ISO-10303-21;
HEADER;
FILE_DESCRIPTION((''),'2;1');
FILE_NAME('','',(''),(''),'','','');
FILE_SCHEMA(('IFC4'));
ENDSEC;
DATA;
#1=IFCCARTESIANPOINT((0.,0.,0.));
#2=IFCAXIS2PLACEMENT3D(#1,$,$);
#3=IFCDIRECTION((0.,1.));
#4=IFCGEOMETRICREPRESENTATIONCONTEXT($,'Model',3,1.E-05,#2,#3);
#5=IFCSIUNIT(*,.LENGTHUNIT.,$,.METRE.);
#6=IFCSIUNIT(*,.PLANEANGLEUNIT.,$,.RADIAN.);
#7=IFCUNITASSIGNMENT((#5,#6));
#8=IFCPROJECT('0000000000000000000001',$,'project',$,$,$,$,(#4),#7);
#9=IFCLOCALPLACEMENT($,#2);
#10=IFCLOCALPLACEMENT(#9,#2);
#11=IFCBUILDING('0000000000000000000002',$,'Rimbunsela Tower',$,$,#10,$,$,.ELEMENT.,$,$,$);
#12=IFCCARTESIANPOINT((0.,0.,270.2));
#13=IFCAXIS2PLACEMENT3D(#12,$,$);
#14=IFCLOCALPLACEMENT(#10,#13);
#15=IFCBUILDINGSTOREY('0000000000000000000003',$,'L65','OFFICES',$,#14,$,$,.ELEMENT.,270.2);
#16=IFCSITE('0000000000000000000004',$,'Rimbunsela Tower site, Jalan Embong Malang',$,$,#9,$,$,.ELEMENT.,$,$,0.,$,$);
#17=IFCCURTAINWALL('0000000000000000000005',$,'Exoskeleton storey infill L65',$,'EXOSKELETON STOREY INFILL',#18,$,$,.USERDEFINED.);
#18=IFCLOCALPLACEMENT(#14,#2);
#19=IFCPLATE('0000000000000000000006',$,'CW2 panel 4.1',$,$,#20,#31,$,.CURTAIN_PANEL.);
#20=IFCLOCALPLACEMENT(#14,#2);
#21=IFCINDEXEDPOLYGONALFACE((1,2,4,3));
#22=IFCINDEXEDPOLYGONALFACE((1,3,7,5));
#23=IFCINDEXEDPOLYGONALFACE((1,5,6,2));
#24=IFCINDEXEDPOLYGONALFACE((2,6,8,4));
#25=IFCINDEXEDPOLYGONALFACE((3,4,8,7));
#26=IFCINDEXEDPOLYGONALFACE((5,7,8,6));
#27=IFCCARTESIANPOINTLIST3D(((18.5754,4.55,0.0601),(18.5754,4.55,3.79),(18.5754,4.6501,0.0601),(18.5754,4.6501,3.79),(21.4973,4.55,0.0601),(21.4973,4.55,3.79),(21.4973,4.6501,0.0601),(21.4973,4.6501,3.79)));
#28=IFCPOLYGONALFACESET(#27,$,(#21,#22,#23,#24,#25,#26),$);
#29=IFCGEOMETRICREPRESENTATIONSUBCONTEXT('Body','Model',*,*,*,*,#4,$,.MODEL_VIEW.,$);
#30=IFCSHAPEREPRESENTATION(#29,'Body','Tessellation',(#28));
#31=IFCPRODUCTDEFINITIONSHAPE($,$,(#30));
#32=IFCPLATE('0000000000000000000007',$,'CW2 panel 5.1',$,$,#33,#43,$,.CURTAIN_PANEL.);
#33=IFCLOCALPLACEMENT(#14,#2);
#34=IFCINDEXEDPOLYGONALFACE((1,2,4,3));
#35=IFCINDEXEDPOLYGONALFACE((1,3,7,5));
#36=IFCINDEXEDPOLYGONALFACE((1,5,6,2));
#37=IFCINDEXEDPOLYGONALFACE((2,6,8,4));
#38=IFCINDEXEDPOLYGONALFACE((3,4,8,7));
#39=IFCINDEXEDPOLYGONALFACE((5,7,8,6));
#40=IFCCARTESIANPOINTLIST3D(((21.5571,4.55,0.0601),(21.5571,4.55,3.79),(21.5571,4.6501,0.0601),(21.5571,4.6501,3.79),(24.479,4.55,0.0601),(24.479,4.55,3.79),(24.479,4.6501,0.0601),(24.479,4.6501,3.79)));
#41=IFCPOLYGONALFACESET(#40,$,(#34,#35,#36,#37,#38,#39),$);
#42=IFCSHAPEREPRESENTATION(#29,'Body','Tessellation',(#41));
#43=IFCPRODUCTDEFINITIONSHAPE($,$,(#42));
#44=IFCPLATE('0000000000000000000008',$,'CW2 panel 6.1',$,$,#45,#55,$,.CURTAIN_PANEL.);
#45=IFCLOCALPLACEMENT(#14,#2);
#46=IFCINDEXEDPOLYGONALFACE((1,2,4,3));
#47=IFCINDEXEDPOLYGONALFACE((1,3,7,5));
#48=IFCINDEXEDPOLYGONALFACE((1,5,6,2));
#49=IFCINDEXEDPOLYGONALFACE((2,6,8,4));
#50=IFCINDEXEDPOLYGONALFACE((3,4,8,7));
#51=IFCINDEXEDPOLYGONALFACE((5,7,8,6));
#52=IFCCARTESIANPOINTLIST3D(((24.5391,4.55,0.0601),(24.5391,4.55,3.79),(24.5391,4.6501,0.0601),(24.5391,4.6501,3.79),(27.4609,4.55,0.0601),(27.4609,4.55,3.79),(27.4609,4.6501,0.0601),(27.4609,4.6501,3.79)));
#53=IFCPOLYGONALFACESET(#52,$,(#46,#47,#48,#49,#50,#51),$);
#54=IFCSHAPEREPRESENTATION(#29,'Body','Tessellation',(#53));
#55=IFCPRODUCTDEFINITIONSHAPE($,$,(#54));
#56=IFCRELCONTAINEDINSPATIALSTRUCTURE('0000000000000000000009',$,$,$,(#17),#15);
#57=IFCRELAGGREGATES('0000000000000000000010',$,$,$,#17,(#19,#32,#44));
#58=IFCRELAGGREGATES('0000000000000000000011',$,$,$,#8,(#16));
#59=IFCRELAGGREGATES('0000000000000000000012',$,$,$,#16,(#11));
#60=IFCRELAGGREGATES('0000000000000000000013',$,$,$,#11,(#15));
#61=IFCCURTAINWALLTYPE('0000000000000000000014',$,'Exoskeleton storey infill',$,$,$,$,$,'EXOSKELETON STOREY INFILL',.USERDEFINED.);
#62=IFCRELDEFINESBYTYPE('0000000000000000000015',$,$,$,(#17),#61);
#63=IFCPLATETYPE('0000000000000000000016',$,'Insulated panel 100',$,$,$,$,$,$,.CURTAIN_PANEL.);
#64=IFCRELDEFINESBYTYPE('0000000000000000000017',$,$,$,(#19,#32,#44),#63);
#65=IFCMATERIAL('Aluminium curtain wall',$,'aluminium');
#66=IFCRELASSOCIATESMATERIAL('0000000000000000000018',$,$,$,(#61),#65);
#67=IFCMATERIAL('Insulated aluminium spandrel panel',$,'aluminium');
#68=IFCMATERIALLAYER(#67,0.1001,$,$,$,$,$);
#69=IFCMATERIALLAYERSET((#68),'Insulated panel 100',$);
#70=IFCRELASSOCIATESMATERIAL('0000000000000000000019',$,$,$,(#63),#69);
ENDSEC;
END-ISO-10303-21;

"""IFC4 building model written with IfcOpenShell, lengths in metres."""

from ifc_helpers import new_model, si_unit, direction, frame, origin, origin_2d, place, context, subcontext, project, spatial, rectangle, extrude, material, layer, layer_set, type_object, element, aggregate, save


model = new_model("IFC4")

# Units and contexts
model_context = context("Model", 3, precision=1e-05, world=origin(), true_north=direction((0.0, 1.0)))
body_context = subcontext(model_context, "Body", "Model", "MODEL_VIEW")
ifc_project = project(units=[si_unit("LENGTHUNIT", "METRE"), si_unit("PLANEANGLEUNIT", "RADIAN")], contexts=[model_context])

# Site, building, storey
site_placement = place(None, origin())
site = spatial("IfcSite", under=ifc_project, at=site_placement, Name="Rimbunsela Tower site, Jalan Embong Malang", CompositionType="ELEMENT", RefElevation=0.0)
building_placement = place(site_placement, origin())
building = spatial("IfcBuilding", under=site, at=building_placement, Name="Rimbunsela Tower", CompositionType="ELEMENT")
storey_placement = place(building_placement, frame((0.0, 0.0, 270.2)))
storey = spatial("IfcBuildingStorey", under=building, at=storey_placement, Name="L65", Description="OFFICES", CompositionType="ELEMENT", Elevation=270.2)

# Curtain wall
ifc_material_1 = material(Name="Aluminium curtain wall", Category="aluminium")
curtain_wall_type = type_object("IfcCurtainWallType", Name="Exoskeleton storey infill", ElementType="EXOSKELETON STOREY INFILL", PredefinedType="USERDEFINED", material=ifc_material_1)
curtain_wall_placement = place(storey_placement, origin())
curtain_wall = element("IfcCurtainWall", 1, at=curtain_wall_placement, inside=storey, type_object=curtain_wall_type, Name="Exoskeleton storey infill L65", ObjectType="EXOSKELETON STOREY INFILL", PredefinedType="USERDEFINED")

# Plates
ifc_material_2 = material(Name="Insulated aluminium spandrel panel", Category="aluminium")
ifc_layer = layer(ifc_material_2, 0.1001)
ifc_layer_set = layer_set([ifc_layer], Name="Insulated panel 100")
plate_type = type_object("IfcPlateType", Name="Insulated panel 100", PredefinedType="CURTAIN_PANEL", material=ifc_layer_set)
plate_1_placement = place(storey_placement, frame((20.0364, 4.6001, 0.0601), z_axis=(0.0, 0.0, 1.0), x_axis=(1.0, 0.0, 0.0)))
plate_1 = element("IfcPlate", 2, at=plate_1_placement, type_object=plate_type, Name="CW2 panel 4.1", PredefinedType="CURTAIN_PANEL", context=body_context, shape_type="SweptSolid", body=[
    extrude(rectangle(XDim=2.9219, YDim=0.1001, at=origin_2d()), origin(), (0.0, 0.0, 1.0), 3.73),
])
plate_2_placement = place(storey_placement, frame((23.0181, 4.6001, 0.0601), z_axis=(0.0, 0.0, 1.0), x_axis=(1.0, 0.0, 0.0)))
plate_2 = element("IfcPlate", 3, at=plate_2_placement, type_object=plate_type, Name="CW2 panel 5.1", PredefinedType="CURTAIN_PANEL", context=body_context, shape_type="SweptSolid", body=[
    extrude(rectangle(XDim=2.9219, YDim=0.1001, at=origin_2d()), origin(), (0.0, 0.0, 1.0), 3.73),
])
plate_3_placement = place(storey_placement, frame((26.0, 4.6001, 0.0601), z_axis=(0.0, 0.0, 1.0), x_axis=(1.0, 0.0, 0.0)))
plate_3 = element("IfcPlate", 4, at=plate_3_placement, type_object=plate_type, Name="CW2 panel 6.1", PredefinedType="CURTAIN_PANEL", context=body_context, shape_type="SweptSolid", body=[
    extrude(rectangle(XDim=2.9219, YDim=0.1001, at=origin_2d()), origin(), (0.0, 0.0, 1.0), 3.73),
])
aggregate(curtain_wall, [plate_1, plate_2, plate_3])

save(model, "model.ifc")
